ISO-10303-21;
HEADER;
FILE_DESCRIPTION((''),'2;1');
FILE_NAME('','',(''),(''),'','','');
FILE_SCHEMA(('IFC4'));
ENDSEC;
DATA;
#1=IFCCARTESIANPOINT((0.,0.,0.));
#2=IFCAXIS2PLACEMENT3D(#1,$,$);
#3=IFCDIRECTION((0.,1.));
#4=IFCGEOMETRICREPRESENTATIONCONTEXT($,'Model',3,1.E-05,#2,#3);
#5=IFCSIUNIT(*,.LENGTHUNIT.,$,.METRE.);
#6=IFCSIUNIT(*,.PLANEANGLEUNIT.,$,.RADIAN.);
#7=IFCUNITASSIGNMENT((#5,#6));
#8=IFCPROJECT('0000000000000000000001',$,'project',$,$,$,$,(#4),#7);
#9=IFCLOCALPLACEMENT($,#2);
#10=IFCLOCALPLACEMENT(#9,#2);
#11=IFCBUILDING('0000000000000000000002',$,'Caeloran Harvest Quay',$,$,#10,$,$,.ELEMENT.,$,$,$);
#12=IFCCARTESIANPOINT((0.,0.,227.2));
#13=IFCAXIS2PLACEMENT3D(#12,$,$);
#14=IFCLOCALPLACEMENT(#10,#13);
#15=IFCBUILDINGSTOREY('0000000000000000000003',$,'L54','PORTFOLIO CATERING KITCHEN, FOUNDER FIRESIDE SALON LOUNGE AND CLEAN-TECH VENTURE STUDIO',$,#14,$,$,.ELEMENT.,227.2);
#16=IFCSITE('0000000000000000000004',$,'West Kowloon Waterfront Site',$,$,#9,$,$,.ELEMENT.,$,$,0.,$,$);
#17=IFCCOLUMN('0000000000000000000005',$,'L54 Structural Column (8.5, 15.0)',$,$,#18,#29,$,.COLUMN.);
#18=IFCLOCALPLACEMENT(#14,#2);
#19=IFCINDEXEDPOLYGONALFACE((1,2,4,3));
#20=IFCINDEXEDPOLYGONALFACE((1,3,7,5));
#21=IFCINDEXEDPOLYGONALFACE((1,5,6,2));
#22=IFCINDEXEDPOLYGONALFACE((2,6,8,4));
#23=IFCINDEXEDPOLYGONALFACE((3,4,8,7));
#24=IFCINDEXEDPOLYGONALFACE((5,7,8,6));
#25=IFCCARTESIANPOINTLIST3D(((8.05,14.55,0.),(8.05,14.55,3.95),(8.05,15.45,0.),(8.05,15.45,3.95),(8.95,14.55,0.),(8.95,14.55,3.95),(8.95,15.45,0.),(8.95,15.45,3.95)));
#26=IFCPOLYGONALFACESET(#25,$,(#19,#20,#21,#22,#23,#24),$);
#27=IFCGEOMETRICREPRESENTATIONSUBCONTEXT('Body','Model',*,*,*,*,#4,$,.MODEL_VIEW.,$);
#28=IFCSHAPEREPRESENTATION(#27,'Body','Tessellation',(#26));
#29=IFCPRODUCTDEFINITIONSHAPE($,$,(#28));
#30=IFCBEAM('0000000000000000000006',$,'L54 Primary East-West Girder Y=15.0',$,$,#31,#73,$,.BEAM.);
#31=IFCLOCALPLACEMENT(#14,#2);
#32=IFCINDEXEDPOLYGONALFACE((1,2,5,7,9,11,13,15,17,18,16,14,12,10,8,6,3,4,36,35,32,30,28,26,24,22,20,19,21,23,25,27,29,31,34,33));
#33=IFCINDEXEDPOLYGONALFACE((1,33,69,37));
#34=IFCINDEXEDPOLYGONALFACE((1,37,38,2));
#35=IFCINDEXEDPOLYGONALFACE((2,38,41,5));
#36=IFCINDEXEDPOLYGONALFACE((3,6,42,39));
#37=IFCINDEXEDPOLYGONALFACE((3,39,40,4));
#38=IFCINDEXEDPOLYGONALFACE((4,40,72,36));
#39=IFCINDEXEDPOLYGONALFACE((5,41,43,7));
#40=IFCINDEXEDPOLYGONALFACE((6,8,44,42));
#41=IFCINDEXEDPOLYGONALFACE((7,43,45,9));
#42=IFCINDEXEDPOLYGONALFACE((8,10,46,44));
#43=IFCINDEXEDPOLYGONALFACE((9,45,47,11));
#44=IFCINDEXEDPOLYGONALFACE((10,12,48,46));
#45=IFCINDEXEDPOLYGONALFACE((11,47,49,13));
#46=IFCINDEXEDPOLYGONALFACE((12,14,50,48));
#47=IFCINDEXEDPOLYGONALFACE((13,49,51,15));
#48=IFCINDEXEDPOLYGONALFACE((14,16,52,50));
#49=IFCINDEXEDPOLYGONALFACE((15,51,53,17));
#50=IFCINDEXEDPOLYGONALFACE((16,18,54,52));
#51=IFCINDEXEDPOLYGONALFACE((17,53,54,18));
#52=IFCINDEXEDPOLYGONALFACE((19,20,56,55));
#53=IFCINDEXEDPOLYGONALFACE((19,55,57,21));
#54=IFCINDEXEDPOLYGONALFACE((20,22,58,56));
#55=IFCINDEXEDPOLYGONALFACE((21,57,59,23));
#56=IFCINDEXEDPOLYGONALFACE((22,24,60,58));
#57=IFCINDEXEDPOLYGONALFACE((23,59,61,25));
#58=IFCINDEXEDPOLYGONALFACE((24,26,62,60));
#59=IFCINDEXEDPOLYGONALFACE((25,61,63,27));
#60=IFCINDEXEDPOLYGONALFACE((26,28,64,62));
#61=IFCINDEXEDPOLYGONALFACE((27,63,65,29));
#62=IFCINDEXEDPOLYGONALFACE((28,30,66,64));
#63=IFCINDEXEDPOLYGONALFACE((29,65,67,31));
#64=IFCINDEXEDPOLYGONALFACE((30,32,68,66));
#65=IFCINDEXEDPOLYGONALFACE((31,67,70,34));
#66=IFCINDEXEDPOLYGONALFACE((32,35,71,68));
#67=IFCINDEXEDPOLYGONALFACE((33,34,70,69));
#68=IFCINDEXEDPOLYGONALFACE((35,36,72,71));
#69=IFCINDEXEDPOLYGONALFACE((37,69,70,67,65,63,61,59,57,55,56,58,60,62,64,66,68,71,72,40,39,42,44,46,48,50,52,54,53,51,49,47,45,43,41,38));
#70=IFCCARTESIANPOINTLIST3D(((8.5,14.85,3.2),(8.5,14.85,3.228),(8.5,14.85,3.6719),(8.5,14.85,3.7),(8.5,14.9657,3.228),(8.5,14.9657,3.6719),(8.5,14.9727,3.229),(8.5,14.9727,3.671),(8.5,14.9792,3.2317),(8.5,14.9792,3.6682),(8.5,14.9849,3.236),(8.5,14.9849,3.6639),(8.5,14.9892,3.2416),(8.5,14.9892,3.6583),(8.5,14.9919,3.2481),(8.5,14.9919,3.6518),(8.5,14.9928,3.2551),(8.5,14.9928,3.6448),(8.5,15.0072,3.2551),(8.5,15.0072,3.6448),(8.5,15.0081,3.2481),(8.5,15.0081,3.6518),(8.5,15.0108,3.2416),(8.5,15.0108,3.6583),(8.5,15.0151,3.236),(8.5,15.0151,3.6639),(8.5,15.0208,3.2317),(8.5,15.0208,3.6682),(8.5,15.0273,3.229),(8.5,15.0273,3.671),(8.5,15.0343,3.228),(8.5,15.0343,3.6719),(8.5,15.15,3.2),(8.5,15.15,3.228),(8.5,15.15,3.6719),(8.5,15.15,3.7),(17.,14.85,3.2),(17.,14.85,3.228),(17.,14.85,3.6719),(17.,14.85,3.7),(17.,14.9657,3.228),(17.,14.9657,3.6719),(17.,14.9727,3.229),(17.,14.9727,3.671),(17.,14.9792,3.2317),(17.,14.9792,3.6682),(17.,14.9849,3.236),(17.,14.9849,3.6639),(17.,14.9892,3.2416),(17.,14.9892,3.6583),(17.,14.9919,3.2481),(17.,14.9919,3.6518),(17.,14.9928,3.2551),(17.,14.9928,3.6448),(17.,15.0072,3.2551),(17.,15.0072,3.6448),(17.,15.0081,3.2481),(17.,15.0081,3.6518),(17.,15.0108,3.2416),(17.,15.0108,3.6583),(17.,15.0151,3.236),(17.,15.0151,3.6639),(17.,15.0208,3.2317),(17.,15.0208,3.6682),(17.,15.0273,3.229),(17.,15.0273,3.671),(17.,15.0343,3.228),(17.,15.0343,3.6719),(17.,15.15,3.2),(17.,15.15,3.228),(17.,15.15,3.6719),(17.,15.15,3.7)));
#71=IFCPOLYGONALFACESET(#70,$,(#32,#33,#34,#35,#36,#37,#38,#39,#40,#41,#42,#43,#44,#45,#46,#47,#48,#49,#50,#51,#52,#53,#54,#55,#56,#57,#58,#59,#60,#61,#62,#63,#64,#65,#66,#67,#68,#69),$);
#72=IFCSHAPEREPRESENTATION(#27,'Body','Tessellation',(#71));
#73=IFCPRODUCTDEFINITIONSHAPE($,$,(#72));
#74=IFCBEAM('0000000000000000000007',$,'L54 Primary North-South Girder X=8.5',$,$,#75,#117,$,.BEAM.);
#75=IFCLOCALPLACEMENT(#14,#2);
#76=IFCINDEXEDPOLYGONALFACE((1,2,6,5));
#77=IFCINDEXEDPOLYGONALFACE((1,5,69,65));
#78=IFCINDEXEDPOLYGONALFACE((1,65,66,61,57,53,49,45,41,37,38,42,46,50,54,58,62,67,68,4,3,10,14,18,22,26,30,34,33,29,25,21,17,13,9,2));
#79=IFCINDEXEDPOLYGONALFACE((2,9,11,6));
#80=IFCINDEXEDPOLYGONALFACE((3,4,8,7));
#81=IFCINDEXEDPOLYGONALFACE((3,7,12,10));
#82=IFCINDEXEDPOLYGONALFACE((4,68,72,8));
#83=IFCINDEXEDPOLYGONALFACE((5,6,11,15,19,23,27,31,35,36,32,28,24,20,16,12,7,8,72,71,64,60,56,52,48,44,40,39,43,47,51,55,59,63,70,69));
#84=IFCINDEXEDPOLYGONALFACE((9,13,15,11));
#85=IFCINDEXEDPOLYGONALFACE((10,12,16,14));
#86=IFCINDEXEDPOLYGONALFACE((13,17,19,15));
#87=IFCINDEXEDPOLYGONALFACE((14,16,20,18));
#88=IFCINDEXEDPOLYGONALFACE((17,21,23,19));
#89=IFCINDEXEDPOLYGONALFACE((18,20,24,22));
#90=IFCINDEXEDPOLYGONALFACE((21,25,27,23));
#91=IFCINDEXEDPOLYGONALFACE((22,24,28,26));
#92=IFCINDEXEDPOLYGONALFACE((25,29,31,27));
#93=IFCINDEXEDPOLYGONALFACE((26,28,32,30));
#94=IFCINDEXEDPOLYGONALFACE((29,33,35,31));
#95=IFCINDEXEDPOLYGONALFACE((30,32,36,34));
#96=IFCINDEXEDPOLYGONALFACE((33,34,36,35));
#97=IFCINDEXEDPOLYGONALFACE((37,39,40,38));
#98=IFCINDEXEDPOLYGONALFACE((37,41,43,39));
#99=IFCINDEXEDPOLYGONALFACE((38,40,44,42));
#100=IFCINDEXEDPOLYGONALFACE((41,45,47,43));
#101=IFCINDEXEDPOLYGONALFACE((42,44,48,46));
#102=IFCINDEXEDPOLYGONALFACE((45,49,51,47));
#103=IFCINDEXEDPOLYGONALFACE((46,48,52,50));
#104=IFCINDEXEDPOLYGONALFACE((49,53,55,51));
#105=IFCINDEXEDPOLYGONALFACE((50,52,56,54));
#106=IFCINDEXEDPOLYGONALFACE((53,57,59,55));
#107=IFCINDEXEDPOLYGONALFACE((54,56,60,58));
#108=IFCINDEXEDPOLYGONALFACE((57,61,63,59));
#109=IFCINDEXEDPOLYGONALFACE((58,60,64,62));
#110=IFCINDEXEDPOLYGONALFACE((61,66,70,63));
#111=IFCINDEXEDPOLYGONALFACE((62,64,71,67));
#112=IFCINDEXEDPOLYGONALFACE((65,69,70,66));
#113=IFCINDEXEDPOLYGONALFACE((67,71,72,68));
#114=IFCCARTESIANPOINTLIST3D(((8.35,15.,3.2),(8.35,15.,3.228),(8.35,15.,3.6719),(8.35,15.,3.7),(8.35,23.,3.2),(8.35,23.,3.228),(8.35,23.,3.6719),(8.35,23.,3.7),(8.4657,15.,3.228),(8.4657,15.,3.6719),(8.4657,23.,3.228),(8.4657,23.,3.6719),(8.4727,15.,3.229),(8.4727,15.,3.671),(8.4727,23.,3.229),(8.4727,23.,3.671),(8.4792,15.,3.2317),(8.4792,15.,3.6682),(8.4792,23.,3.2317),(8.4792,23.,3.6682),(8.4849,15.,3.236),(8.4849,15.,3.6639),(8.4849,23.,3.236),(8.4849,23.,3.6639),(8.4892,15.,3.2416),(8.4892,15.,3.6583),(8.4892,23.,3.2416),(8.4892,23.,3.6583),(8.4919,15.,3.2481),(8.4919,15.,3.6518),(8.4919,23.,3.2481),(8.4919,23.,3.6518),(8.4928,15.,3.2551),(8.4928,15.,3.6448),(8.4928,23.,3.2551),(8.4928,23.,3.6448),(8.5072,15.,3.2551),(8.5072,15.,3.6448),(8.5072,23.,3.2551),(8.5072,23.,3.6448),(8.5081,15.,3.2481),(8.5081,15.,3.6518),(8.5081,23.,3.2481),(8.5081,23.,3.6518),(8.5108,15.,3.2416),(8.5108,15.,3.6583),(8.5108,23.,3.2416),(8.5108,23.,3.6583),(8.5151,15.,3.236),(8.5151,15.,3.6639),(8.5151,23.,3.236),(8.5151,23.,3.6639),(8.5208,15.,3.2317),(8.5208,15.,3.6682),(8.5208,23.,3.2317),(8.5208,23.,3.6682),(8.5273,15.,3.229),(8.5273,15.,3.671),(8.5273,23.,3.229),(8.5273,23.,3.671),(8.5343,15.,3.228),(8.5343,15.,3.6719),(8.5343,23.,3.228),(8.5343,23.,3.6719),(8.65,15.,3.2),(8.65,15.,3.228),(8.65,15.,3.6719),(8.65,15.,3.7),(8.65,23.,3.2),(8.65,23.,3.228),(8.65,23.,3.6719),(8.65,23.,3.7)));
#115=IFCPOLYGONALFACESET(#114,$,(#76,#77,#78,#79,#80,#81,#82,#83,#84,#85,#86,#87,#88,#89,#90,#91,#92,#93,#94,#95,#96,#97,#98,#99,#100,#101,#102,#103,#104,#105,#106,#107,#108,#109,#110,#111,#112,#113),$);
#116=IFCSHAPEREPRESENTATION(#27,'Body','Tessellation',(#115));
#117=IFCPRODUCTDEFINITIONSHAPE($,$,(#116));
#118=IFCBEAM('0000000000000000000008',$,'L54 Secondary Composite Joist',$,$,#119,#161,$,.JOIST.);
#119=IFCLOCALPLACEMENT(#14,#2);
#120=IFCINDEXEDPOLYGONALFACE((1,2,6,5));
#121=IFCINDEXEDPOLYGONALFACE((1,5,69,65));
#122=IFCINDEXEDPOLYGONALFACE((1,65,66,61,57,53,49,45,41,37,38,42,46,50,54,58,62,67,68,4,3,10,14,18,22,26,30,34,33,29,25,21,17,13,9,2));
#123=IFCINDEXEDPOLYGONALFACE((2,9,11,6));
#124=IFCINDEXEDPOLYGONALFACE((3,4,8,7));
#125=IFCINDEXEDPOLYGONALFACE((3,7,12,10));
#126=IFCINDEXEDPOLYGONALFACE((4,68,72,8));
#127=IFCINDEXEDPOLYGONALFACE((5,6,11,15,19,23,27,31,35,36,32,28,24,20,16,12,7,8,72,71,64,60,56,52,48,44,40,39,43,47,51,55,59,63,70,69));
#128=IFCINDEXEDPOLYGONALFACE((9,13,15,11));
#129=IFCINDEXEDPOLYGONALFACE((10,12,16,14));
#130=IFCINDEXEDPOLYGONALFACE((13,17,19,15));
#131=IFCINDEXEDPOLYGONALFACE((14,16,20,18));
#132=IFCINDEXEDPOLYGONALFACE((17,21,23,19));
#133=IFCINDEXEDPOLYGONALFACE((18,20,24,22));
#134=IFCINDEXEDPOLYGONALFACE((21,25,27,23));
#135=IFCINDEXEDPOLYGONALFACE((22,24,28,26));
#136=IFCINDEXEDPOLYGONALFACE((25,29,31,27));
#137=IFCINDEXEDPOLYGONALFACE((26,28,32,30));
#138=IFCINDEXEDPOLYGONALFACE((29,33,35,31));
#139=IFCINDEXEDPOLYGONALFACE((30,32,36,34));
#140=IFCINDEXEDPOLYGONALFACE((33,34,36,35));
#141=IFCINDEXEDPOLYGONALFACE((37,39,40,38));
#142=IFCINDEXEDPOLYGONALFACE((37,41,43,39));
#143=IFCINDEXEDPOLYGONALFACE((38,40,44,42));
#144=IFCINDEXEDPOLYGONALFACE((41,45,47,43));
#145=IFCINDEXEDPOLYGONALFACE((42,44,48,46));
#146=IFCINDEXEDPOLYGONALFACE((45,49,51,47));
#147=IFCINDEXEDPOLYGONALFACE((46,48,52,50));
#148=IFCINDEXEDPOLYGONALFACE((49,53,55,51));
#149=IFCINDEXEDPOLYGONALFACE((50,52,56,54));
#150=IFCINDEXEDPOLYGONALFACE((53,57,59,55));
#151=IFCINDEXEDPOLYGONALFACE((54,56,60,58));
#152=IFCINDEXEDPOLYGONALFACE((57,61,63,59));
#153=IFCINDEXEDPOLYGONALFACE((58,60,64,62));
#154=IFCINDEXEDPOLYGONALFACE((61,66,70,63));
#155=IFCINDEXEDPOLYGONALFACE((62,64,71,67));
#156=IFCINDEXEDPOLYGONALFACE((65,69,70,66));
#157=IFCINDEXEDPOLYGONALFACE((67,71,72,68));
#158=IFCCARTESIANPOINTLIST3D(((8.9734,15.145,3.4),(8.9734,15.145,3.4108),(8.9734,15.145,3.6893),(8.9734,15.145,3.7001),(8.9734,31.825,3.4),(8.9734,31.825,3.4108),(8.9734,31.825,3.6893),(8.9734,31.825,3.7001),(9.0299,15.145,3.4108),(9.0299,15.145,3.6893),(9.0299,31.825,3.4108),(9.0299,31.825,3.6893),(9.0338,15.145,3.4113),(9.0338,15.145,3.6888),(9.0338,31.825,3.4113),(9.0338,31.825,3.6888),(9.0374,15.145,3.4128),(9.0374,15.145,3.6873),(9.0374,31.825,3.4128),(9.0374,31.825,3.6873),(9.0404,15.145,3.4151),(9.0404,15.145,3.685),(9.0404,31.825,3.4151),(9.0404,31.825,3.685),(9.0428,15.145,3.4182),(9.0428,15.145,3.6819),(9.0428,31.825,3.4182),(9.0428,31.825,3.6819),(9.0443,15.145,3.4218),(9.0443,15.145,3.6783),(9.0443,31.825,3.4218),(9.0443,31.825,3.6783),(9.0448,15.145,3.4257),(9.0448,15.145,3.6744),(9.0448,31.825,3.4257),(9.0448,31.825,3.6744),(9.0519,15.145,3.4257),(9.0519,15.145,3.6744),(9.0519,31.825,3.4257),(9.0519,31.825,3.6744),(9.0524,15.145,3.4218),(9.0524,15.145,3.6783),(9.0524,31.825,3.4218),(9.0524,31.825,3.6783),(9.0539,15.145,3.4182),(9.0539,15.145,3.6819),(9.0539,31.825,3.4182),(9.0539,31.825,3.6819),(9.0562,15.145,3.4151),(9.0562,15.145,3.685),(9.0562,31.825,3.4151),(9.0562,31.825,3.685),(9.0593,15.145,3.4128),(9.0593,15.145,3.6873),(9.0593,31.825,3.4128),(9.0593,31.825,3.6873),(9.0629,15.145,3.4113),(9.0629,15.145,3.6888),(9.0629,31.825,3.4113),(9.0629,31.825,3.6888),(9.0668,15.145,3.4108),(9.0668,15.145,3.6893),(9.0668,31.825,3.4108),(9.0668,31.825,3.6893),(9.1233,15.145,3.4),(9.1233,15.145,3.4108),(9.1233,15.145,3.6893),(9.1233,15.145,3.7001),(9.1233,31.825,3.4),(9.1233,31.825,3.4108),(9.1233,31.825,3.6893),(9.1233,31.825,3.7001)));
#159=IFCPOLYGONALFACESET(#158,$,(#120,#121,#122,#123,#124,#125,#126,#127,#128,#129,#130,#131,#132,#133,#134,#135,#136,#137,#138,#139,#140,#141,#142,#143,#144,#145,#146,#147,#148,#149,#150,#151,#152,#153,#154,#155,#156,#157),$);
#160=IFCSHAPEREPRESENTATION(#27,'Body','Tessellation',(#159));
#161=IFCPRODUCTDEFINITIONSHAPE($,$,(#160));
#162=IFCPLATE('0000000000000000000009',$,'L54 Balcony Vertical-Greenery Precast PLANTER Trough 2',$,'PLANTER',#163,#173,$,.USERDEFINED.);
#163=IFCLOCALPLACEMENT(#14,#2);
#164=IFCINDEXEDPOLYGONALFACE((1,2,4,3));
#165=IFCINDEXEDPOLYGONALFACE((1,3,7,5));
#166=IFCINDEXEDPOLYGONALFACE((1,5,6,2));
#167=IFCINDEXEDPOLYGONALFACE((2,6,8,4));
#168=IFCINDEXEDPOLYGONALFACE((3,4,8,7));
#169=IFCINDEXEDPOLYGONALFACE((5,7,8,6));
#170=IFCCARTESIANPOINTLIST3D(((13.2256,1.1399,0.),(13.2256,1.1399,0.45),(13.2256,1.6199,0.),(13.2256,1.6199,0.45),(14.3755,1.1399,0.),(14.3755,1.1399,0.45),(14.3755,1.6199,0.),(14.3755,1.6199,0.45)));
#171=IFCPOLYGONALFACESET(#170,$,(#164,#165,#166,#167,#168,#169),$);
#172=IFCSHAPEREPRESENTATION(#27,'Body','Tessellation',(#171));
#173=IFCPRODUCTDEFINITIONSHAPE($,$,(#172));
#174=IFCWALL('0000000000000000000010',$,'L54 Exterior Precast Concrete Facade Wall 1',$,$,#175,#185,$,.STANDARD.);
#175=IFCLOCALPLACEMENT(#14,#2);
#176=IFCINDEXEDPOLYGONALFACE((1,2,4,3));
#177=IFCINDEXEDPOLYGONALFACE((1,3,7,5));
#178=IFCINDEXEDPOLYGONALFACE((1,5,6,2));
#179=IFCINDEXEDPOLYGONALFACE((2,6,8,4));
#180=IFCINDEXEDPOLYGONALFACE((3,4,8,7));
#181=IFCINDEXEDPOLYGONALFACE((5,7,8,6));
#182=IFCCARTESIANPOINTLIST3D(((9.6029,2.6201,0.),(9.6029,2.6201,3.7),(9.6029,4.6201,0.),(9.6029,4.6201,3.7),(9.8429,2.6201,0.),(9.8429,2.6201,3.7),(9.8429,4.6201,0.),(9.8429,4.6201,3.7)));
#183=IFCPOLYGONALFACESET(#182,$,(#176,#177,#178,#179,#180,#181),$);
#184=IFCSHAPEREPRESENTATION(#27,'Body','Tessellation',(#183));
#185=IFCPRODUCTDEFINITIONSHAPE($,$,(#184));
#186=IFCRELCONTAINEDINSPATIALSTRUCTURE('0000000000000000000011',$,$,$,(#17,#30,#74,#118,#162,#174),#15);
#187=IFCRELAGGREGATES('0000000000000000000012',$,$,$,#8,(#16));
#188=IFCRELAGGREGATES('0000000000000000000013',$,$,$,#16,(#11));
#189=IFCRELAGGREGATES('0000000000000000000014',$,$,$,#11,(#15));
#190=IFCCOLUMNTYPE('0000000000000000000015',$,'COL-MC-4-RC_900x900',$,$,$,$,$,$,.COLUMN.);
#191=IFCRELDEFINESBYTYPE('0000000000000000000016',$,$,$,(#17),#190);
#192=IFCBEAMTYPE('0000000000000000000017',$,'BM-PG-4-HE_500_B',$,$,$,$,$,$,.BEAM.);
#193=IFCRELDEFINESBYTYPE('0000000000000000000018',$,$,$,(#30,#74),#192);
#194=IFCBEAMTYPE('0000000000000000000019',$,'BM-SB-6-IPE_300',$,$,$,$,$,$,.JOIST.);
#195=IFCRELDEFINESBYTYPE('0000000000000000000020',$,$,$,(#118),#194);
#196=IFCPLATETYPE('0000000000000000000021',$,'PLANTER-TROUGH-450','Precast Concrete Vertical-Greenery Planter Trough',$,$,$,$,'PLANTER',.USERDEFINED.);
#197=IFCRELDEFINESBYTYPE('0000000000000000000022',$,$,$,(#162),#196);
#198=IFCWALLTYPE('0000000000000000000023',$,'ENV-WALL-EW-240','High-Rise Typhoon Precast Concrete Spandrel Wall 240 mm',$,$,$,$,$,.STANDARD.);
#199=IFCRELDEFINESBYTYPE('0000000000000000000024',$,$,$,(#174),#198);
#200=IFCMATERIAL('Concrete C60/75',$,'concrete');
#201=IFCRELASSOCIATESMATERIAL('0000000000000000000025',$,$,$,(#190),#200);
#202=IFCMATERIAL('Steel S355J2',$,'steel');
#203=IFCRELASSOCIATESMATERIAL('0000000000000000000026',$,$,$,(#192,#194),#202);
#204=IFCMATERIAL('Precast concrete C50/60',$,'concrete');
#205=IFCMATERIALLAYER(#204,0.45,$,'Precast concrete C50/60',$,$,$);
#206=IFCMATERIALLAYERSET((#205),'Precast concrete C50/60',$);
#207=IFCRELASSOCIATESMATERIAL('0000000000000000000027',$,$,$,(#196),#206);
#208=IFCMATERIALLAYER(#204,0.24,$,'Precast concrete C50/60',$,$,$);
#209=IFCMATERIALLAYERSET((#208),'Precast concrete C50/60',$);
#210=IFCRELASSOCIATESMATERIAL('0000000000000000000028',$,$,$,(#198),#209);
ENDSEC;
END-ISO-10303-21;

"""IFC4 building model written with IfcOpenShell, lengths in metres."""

from ifc_helpers import new_model, si_unit, direction, frame, frame_2d, origin, origin_2d, place, context, subcontext, project, spatial, rectangle, i_section, extrude, material, layer, layer_set, material_profile, profile_set, type_object, element, save


model = new_model("IFC4")

# Units and contexts
model_context = context("Model", 3, precision=1e-05, world=origin(), true_north=direction((0.0, 1.0)))
body_context = subcontext(model_context, "Body", "Model", "MODEL_VIEW")
ifc_project = project(units=[si_unit("LENGTHUNIT", "METRE"), si_unit("PLANEANGLEUNIT", "RADIAN")], contexts=[model_context])

# Site, building, storey
site_placement = place(None, origin())
site = spatial("IfcSite", under=ifc_project, at=site_placement, Name="West Kowloon Waterfront Site", CompositionType="ELEMENT", RefElevation=0.0)
building_placement = place(site_placement, origin())
building = spatial("IfcBuilding", under=site, at=building_placement, Name="Caeloran Harvest Quay", CompositionType="ELEMENT")
storey_placement = place(building_placement, frame((0.0, 0.0, 227.2)))
storey = spatial("IfcBuildingStorey", under=building, at=storey_placement, Name="L54", Description="PORTFOLIO CATERING KITCHEN, FOUNDER FIRESIDE SALON LOUNGE AND CLEAN-TECH VENTURE STUDIO", CompositionType="ELEMENT", Elevation=227.2)

# Column
ifc_material_1 = material(Name="Concrete C60/75", Category="concrete")
ifc_material_profile_1 = material_profile(ifc_material_1, rectangle(XDim=0.8999, YDim=0.8999, at=origin_2d()), Name="RC 900x900")
ifc_profile_set_1 = profile_set([ifc_material_profile_1], Name="Concrete C60/75")
column_type = type_object("IfcColumnType", Name="COL-MC-4-RC_900x900", PredefinedType="COLUMN", material=ifc_profile_set_1)
column_placement = place(storey_placement, frame((8.5, 15.0, 0.0), z_axis=(0.0, 0.0, 1.0), x_axis=(1.0, 0.0, 0.0)))
element("IfcColumn", 1, at=column_placement, inside=storey, type_object=column_type, Name="L54 Structural Column (8.5, 15.0)", PredefinedType="COLUMN", context=body_context, shape_type="SweptSolid", body=[
    extrude(rectangle(XDim=0.8999, YDim=0.8999, at=origin_2d()), origin(), (0.0, 0.0, 1.0), 3.95),
])

# Beams
ifc_material_2 = material(Name="Steel S355J2", Category="steel")
ifc_material_profile_2 = material_profile(ifc_material_2, i_section(OverallWidth=0.3, OverallDepth=0.5, WebThickness=0.0144, FlangeThickness=0.0281, FilletRadius=0.0271, at=origin_2d()), Name="HE 500 B")
ifc_profile_set_2 = profile_set([ifc_material_profile_2], Name="Steel S355J2")
beam_type_1 = type_object("IfcBeamType", Name="BM-PG-4-HE_500_B", PredefinedType="BEAM", material=ifc_profile_set_2)
beam_1_placement = place(storey_placement, frame((8.5, 15.0, 3.45), z_axis=(1.0, 0.0, 0.0), x_axis=(0.0, 1.0, 0.0)))
element("IfcBeam", 2, at=beam_1_placement, inside=storey, type_object=beam_type_1, Name="L54 Primary East-West Girder Y=15.0", PredefinedType="BEAM", context=body_context, shape_type="SweptSolid", body=[
    extrude(i_section(OverallWidth=0.3, OverallDepth=0.5, WebThickness=0.0144, FlangeThickness=0.0281, FilletRadius=0.0271, at=origin_2d()), origin(), (0.0, 0.0, 1.0), 8.5),
])
beam_2_placement = place(storey_placement, frame((8.5, 15.0, 3.45), z_axis=(0.0, 1.0, 0.0), x_axis=(-1.0, 0.0, 0.0)))
element("IfcBeam", 3, at=beam_2_placement, inside=storey, type_object=beam_type_1, Name="L54 Primary North-South Girder X=8.5", PredefinedType="BEAM", context=body_context, shape_type="SweptSolid", body=[
    extrude(i_section(OverallWidth=0.3, OverallDepth=0.5, WebThickness=0.0144, FlangeThickness=0.0281, FilletRadius=0.0271, at=origin_2d()), origin(), (0.0, 0.0, 1.0), 8.0),
])
ifc_material_profile_3 = material_profile(ifc_material_2, i_section(OverallWidth=0.1499, OverallDepth=0.3, WebThickness=0.0071, FlangeThickness=0.0107, FilletRadius=0.0149, at=origin_2d()), Name="IPE 300")
ifc_profile_set_3 = profile_set([ifc_material_profile_3], Name="Steel S355J2")
beam_type_2 = type_object("IfcBeamType", Name="BM-SB-6-IPE_300", PredefinedType="JOIST", material=ifc_profile_set_3)
beam_3_placement = place(storey_placement, frame((9.0483, 15.145, 3.55), z_axis=(0.0, 1.0, 0.0), x_axis=(-1.0, 0.0, 0.0)))
element("IfcBeam", 4, at=beam_3_placement, inside=storey, type_object=beam_type_2, Name="L54 Secondary Composite Joist", PredefinedType="JOIST", context=body_context, shape_type="SweptSolid", body=[
    extrude(i_section(OverallWidth=0.1499, OverallDepth=0.3, WebThickness=0.0071, FlangeThickness=0.0107, FilletRadius=0.0149, at=origin_2d()), origin(), (0.0, 0.0, 1.0), 16.6799),
])

# Plate
ifc_material_3 = material(Name="Precast concrete C50/60", Category="concrete")
ifc_layer_1 = layer(ifc_material_3, 0.45, Name="Precast concrete C50/60")
ifc_layer_set_1 = layer_set([ifc_layer_1], Name="Precast concrete C50/60")
plate_type = type_object("IfcPlateType", Name="PLANTER-TROUGH-450", Description="Precast Concrete Vertical-Greenery Planter Trough", ElementType="PLANTER", PredefinedType="USERDEFINED", material=ifc_layer_set_1)
plate_placement = place(storey_placement, frame((13.8005, 1.3799, 0.0), z_axis=(0.0, 0.0, 1.0), x_axis=(1.0, 0.0, 0.0)))
element("IfcPlate", 5, at=plate_placement, inside=storey, type_object=plate_type, Name="L54 Balcony Vertical-Greenery Precast PLANTER Trough 2", ObjectType="PLANTER", PredefinedType="USERDEFINED", context=body_context, shape_type="SweptSolid", body=[
    extrude(rectangle(XDim=1.1499, YDim=0.48, at=origin_2d()), origin(), (0.0, 0.0, 1.0), 0.45),
])

# Wall
ifc_layer_2 = layer(ifc_material_3, 0.24, Name="Precast concrete C50/60")
ifc_layer_set_2 = layer_set([ifc_layer_2], Name="Precast concrete C50/60")
wall_type_1 = type_object("IfcWallType", Name="ENV-WALL-EW-240", Description="High-Rise Typhoon Precast Concrete Spandrel Wall 240 mm", PredefinedType="STANDARD", material=ifc_layer_set_2)
wall_1_placement = place(storey_placement, frame((9.7229, 2.6201, 0.0), z_axis=(0.0, 0.0, 1.0), x_axis=(0.0, 1.0, 0.0)))
element("IfcWall", 6, at=wall_1_placement, inside=storey, type_object=wall_type_1, Name="L54 Exterior Precast Concrete Facade Wall 1", PredefinedType="STANDARD", context=body_context, shape_type="SweptSolid", body=[
    extrude(rectangle(XDim=2.0, YDim=0.24, at=frame_2d((1.0, 0.0))), origin(), (0.0, 0.0, 1.0), 3.7),
])

save(model, "model.ifc")
